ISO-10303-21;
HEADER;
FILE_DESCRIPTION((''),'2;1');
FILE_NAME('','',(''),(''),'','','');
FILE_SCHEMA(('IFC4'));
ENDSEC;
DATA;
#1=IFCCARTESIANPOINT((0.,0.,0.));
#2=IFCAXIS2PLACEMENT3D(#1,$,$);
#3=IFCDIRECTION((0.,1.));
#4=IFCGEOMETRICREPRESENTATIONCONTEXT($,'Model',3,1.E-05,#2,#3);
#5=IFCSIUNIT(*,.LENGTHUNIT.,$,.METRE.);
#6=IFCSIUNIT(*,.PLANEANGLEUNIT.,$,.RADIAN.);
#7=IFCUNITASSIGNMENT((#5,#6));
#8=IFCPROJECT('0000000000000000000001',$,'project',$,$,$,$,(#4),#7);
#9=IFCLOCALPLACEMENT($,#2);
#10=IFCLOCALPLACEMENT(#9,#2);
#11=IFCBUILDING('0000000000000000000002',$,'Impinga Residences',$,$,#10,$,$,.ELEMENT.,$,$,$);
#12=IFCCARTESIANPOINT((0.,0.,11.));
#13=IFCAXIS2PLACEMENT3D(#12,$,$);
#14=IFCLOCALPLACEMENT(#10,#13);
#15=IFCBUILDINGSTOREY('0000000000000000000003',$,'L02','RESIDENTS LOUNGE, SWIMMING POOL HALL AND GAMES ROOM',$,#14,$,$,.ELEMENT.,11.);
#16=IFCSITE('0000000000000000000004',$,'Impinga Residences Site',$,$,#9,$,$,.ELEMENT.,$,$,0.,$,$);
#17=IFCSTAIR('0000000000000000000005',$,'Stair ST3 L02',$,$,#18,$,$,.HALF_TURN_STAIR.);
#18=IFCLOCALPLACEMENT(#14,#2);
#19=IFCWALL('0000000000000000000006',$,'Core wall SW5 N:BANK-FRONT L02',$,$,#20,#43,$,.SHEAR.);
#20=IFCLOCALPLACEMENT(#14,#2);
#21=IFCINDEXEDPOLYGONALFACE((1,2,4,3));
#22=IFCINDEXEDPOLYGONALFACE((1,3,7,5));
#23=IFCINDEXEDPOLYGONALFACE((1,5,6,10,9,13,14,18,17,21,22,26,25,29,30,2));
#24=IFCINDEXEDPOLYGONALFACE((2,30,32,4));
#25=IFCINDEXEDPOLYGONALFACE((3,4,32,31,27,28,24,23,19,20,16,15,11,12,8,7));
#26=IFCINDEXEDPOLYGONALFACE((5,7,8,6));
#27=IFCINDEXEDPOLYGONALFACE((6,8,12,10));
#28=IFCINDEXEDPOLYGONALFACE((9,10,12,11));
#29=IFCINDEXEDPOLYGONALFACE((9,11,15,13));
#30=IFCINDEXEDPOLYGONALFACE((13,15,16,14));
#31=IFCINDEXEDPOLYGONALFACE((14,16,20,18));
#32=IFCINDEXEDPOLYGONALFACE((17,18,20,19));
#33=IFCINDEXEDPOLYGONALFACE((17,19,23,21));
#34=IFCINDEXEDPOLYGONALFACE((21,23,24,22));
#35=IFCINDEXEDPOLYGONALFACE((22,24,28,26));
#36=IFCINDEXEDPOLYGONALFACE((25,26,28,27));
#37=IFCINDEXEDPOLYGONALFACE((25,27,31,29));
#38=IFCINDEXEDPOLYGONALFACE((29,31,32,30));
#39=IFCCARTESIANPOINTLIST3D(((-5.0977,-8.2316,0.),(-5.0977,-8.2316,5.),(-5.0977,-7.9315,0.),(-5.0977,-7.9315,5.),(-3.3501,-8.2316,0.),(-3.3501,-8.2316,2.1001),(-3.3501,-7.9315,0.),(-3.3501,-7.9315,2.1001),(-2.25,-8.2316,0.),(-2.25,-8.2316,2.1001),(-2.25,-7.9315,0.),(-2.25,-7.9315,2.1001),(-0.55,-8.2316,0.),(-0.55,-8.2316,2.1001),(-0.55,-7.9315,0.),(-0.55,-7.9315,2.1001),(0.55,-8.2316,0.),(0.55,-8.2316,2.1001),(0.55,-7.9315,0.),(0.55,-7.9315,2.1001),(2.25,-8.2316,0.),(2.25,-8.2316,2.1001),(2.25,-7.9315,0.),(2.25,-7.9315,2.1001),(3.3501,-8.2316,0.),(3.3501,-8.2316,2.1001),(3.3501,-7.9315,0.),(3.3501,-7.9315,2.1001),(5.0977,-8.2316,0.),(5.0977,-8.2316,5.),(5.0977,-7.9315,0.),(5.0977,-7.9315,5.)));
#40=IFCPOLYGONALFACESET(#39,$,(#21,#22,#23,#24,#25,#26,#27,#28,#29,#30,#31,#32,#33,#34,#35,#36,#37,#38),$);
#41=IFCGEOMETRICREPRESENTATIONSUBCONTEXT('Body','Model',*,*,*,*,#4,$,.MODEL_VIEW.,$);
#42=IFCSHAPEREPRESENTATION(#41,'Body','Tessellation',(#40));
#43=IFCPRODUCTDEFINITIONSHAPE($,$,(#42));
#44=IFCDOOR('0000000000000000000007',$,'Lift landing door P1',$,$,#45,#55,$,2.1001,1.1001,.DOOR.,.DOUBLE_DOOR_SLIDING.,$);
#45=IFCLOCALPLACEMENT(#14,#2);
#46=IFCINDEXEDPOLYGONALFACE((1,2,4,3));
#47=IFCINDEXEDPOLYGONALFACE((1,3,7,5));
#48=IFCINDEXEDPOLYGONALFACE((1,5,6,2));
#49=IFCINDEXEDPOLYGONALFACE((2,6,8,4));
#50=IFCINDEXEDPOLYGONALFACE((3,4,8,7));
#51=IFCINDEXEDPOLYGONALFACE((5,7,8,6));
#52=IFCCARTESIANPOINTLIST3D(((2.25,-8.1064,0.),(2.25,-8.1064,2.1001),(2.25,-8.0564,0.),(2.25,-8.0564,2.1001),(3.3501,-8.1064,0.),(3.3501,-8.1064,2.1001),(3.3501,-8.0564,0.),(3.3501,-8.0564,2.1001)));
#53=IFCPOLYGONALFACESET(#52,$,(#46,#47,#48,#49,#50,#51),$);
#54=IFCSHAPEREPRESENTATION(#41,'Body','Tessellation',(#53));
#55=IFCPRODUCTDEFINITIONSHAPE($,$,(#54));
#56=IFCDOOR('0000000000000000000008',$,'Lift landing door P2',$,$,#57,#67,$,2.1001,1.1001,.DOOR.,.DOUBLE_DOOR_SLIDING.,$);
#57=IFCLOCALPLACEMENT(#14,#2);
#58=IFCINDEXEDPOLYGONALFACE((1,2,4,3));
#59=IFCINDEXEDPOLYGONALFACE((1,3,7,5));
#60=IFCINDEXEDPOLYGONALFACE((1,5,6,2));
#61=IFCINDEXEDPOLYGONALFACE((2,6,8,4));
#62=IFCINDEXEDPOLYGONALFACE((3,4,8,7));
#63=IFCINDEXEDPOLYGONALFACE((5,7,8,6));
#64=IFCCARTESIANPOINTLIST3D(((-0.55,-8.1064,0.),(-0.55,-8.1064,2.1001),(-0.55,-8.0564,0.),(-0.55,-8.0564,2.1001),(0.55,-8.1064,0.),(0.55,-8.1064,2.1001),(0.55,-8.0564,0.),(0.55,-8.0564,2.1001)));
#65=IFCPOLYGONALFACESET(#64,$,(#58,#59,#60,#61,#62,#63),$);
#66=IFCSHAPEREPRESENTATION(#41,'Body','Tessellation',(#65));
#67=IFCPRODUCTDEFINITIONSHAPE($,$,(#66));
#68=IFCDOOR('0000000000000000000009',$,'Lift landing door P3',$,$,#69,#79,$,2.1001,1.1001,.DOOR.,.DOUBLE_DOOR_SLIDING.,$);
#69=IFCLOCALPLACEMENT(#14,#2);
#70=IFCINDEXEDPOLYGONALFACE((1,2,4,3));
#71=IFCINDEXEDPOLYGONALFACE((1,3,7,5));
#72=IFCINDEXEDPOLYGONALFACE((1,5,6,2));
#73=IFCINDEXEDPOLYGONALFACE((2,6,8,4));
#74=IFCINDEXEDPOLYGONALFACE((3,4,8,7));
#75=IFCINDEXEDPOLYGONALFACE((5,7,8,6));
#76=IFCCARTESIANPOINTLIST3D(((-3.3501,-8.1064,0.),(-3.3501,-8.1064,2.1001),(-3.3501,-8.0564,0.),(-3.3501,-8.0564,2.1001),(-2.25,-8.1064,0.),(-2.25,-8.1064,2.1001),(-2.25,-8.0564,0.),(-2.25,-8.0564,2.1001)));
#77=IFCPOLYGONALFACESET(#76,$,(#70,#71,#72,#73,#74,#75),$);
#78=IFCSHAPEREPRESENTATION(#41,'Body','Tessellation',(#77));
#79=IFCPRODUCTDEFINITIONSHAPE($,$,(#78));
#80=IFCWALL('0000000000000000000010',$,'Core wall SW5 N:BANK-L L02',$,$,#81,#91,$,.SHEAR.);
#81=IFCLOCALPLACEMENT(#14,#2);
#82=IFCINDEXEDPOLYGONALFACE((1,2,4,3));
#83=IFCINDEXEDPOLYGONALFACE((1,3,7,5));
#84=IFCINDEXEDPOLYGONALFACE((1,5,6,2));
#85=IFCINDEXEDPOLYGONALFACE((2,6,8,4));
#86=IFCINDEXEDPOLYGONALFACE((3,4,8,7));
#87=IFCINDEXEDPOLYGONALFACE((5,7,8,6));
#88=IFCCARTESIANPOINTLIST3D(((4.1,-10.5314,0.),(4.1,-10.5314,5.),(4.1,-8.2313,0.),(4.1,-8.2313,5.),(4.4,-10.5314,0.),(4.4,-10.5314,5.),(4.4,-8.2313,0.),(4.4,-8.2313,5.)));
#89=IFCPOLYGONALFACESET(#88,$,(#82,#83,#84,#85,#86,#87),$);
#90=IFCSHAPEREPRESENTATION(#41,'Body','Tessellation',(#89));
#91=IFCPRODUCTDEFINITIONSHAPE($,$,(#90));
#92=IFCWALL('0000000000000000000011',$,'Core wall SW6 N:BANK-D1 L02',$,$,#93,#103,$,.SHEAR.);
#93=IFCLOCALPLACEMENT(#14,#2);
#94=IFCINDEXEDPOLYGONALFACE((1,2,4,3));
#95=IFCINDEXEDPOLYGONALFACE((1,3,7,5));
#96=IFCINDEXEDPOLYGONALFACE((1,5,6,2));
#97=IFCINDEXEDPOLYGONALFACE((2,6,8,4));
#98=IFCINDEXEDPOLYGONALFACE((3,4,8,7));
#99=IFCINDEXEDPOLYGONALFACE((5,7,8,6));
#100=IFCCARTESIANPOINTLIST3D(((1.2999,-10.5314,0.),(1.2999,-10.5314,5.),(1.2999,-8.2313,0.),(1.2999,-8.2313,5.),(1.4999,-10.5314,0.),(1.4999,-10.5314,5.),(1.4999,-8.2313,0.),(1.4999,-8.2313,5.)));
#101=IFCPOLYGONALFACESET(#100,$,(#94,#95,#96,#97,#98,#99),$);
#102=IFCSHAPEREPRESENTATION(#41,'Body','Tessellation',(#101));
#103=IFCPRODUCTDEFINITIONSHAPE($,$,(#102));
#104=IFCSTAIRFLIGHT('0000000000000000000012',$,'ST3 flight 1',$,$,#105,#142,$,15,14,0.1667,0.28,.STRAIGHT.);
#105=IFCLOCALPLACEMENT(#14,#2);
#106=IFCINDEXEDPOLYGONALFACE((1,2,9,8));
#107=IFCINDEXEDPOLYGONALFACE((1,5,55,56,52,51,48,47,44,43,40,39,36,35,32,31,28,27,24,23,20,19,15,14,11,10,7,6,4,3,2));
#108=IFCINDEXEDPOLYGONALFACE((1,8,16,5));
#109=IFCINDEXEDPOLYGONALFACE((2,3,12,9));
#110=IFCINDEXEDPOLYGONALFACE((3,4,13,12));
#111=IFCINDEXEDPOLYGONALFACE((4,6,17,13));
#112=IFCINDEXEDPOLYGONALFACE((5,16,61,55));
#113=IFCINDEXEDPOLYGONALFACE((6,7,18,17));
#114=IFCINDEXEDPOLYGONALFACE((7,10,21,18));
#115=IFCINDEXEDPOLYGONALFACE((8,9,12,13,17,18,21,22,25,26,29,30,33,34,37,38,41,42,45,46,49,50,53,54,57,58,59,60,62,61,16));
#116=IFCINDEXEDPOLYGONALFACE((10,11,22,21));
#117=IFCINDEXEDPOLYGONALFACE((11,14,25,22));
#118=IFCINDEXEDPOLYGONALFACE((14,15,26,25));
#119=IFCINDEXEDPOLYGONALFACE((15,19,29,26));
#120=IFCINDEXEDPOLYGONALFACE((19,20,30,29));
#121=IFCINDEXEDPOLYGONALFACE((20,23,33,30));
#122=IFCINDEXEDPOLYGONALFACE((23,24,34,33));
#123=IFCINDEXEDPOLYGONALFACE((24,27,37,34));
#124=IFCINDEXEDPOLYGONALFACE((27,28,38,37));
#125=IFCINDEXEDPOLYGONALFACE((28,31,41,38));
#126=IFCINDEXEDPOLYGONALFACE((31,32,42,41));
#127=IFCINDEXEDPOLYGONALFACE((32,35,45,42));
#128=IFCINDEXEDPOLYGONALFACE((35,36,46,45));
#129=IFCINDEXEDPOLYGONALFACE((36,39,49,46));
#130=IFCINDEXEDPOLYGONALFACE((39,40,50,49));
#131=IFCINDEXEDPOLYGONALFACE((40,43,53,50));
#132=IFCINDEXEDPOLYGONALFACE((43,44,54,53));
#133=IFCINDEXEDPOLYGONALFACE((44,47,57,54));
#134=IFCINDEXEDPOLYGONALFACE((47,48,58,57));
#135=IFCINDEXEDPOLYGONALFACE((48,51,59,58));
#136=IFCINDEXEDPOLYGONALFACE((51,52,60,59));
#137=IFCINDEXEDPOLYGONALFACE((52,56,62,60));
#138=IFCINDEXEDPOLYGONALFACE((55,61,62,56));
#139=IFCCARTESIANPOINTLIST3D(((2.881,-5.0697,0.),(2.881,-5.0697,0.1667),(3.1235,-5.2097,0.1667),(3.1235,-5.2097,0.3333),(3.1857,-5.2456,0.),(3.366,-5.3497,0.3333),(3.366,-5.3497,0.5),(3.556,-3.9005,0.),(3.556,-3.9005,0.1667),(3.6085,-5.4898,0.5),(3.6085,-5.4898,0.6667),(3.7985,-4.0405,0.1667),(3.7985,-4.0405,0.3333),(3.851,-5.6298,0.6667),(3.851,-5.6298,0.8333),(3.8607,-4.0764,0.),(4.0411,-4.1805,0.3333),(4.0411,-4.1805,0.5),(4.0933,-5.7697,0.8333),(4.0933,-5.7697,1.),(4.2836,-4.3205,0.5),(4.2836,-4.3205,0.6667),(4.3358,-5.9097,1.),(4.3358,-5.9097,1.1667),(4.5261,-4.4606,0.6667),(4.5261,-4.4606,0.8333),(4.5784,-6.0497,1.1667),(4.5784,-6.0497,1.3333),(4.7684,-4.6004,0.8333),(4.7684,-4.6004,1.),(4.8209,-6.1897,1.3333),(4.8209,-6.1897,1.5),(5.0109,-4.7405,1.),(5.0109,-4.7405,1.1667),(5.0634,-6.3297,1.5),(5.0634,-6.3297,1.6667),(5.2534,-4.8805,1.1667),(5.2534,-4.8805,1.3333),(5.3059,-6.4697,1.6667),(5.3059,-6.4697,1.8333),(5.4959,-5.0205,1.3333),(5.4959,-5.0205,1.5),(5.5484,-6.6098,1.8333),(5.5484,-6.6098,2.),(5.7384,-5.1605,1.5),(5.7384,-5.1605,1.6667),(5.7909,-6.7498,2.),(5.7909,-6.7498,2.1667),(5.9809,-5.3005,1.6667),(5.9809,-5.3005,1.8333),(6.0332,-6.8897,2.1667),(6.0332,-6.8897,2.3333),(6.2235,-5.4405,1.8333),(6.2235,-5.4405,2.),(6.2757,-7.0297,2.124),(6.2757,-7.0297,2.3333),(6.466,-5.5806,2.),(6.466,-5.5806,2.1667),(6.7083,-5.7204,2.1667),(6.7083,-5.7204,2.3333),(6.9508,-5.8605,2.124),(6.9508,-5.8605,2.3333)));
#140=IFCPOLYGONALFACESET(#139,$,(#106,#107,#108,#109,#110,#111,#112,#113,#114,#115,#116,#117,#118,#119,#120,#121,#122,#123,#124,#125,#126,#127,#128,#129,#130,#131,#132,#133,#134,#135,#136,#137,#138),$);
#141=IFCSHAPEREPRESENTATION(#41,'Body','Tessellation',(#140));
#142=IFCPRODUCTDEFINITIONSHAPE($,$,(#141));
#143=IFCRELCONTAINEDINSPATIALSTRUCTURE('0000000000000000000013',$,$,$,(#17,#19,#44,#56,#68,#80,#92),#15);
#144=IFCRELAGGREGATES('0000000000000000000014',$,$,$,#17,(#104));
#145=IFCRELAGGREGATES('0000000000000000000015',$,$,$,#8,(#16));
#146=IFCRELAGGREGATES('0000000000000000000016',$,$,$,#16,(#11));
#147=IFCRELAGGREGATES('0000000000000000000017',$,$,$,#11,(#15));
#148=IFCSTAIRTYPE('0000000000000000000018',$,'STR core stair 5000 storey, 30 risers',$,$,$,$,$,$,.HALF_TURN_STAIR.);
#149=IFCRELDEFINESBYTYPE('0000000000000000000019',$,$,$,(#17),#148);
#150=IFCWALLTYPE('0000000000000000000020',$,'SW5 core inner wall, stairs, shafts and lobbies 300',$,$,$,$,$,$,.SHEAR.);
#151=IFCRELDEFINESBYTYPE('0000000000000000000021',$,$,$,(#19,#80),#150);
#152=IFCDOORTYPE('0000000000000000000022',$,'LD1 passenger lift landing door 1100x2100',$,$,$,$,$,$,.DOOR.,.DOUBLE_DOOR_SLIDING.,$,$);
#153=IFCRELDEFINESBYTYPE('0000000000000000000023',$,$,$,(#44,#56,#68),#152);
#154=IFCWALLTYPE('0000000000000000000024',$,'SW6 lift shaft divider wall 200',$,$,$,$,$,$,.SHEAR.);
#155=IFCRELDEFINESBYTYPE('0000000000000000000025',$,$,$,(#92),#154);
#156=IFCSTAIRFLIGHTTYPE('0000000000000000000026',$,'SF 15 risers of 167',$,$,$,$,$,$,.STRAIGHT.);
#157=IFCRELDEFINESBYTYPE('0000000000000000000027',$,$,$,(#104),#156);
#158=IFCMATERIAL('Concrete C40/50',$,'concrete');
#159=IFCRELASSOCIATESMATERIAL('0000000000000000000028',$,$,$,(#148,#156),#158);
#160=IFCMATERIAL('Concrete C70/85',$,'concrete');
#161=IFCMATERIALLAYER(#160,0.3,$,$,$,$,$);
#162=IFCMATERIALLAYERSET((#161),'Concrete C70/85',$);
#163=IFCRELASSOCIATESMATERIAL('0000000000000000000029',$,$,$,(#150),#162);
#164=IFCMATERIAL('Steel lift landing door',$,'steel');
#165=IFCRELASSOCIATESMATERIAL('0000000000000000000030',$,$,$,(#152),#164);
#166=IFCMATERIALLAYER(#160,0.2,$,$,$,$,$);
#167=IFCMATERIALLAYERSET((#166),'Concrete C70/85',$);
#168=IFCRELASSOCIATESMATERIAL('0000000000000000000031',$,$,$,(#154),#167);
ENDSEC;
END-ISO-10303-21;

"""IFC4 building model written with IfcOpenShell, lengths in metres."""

from ifc_helpers import new_model, si_unit, direction, frame, frame_2d, origin, place, context, subcontext, project, spatial, polyline, rectangle, outline, extrude, material, layer, layer_set, type_object, element, fill, aggregate, save


model = new_model("IFC4")

# Units and contexts
model_context = context("Model", 3, precision=1e-05, world=origin(), true_north=direction((0.0, 1.0)))
body_context = subcontext(model_context, "Body", "Model", "MODEL_VIEW")
ifc_project = project(units=[si_unit("LENGTHUNIT", "METRE"), si_unit("PLANEANGLEUNIT", "RADIAN")], contexts=[model_context])

# Site, building, storey
site_placement = place(None, origin())
site = spatial("IfcSite", under=ifc_project, at=site_placement, Name="Impinga Residences Site", CompositionType="ELEMENT", RefElevation=0.0)
building_placement = place(site_placement, origin())
building = spatial("IfcBuilding", under=site, at=building_placement, Name="Impinga Residences", CompositionType="ELEMENT")
storey_placement = place(building_placement, frame((0.0, 0.0, 11.0)))
storey = spatial("IfcBuildingStorey", under=building, at=storey_placement, Name="L02", Description="RESIDENTS LOUNGE, SWIMMING POOL HALL AND GAMES ROOM", CompositionType="ELEMENT", Elevation=11.0)

# Stair
ifc_material_1 = material(Name="Concrete C40/50", Category="concrete")
stair_type_1 = type_object("IfcStairType", Name="STR core stair 5000 storey, 30 risers", PredefinedType="HALF_TURN_STAIR", material=ifc_material_1)
stair_1_placement = place(storey_placement, origin())
stair_1 = element("IfcStair", 1, at=stair_1_placement, inside=storey, type_object=stair_type_1, Name="Stair ST3 L02", PredefinedType="HALF_TURN_STAIR")

# Shared definitions
ifc_material_2 = material(Name="Concrete C70/85", Category="concrete")

# Shared definitions
ifc_layer_1 = layer(ifc_material_2, 0.3)
ifc_layer_set_1 = layer_set([ifc_layer_1], Name="Concrete C70/85")
wall_type_1 = type_object("IfcWallType", Name="SW5 core inner wall, stairs, shafts and lobbies 300", PredefinedType="SHEAR", material=ifc_layer_set_1)

# Shared definitions
ifc_material_3 = material(Name="Steel lift landing door", Category="steel")

# Wall, openings, doors
wall_1_placement = place(storey_placement, frame((5.0977, -8.0815, 0.0), z_axis=(0.0, 0.0, 1.0), x_axis=(-1.0, 0.0, 0.0)))
wall_1 = element("IfcWall", 2, at=wall_1_placement, inside=storey, type_object=wall_type_1, Name="Core wall SW5 N:BANK-FRONT L02", PredefinedType="SHEAR", context=body_context, shape_type="SweptSolid", body=[
    extrude(rectangle(XDim=10.1953, YDim=0.3, at=frame_2d((5.0977, 0.0))), origin(), (0.0, 0.0, 1.0), 5.0),
])
opening_1_placement = place(wall_1_placement, frame((1.7476, 0.0, 0.0)))
opening_1 = element("IfcOpeningElement", 3, at=opening_1_placement, cuts=wall_1, PredefinedType="OPENING", context=body_context, shape_type="SweptSolid", body=[
    extrude(rectangle(XDim=1.1001, YDim=2.1001, at=frame_2d((0.55, 1.05))), frame((0.0, 0.1599, 0.0), z_axis=(0.0, -1.0, 0.0), x_axis=(1.0, 0.0, 0.0)), (0.0, 0.0, 1.0), 0.3201),
])
opening_2_placement = place(wall_1_placement, frame((4.5476, 0.0, 0.0)))
opening_2 = element("IfcOpeningElement", 4, at=opening_2_placement, cuts=wall_1, PredefinedType="OPENING", context=body_context, shape_type="SweptSolid", body=[
    extrude(rectangle(XDim=1.1001, YDim=2.1001, at=frame_2d((0.55, 1.05))), frame((0.0, 0.1599, 0.0), z_axis=(0.0, -1.0, 0.0), x_axis=(1.0, 0.0, 0.0)), (0.0, 0.0, 1.0), 0.3201),
])
opening_3_placement = place(wall_1_placement, frame((7.3477, 0.0, 0.0)))
opening_3 = element("IfcOpeningElement", 5, at=opening_3_placement, cuts=wall_1, PredefinedType="OPENING", context=body_context, shape_type="SweptSolid", body=[
    extrude(rectangle(XDim=1.1001, YDim=2.1001, at=frame_2d((0.55, 1.05))), frame((0.0, 0.1599, 0.0), z_axis=(0.0, -1.0, 0.0), x_axis=(1.0, 0.0, 0.0)), (0.0, 0.0, 1.0), 0.3201),
])
door_type_1 = type_object("IfcDoorType", Name="LD1 passenger lift landing door 1100x2100", OperationType="DOUBLE_DOOR_SLIDING", PredefinedType="DOOR", material=ifc_material_3)
door_1_placement = place(opening_1_placement, origin())
door_1 = element("IfcDoor", 6, at=door_1_placement, inside=storey, type_object=door_type_1, Name="Lift landing door P1", OperationType="DOUBLE_DOOR_SLIDING", OverallHeight=2.1001, OverallWidth=1.1001, PredefinedType="DOOR", context=body_context, shape_type="SweptSolid", body=[
    extrude(rectangle(XDim=1.1001, YDim=2.1001, at=frame_2d((0.55, 1.05))), frame((0.0, 0.0249, 0.0), z_axis=(0.0, -1.0, 0.0), x_axis=(1.0, 0.0, 0.0)), (0.0, 0.0, 1.0), 0.05),
])
fill(opening_1, door_1)
door_2_placement = place(opening_2_placement, origin())
door_2 = element("IfcDoor", 7, at=door_2_placement, inside=storey, type_object=door_type_1, Name="Lift landing door P2", OperationType="DOUBLE_DOOR_SLIDING", OverallHeight=2.1001, OverallWidth=1.1001, PredefinedType="DOOR", context=body_context, shape_type="SweptSolid", body=[
    extrude(rectangle(XDim=1.1001, YDim=2.1001, at=frame_2d((0.55, 1.05))), frame((0.0, 0.0249, 0.0), z_axis=(0.0, -1.0, 0.0), x_axis=(1.0, 0.0, 0.0)), (0.0, 0.0, 1.0), 0.05),
])
fill(opening_2, door_2)
door_3_placement = place(opening_3_placement, origin())
door_3 = element("IfcDoor", 8, at=door_3_placement, inside=storey, type_object=door_type_1, Name="Lift landing door P3", OperationType="DOUBLE_DOOR_SLIDING", OverallHeight=2.1001, OverallWidth=1.1001, PredefinedType="DOOR", context=body_context, shape_type="SweptSolid", body=[
    extrude(rectangle(XDim=1.1001, YDim=2.1001, at=frame_2d((0.55, 1.05))), frame((0.0, 0.0249, 0.0), z_axis=(0.0, -1.0, 0.0), x_axis=(1.0, 0.0, 0.0)), (0.0, 0.0, 1.0), 0.05),
])
fill(opening_3, door_3)

# Walls
wall_2_placement = place(storey_placement, frame((4.25, -8.2314, 0.0), z_axis=(0.0, 0.0, 1.0), x_axis=(0.0, -1.0, 0.0)))
element("IfcWall", 9, at=wall_2_placement, inside=storey, type_object=wall_type_1, Name="Core wall SW5 N:BANK-L L02", PredefinedType="SHEAR", context=body_context, shape_type="SweptSolid", body=[
    extrude(rectangle(XDim=2.3, YDim=0.3, at=frame_2d((1.1499, 0.0))), origin(), (0.0, 0.0, 1.0), 5.0),
])
ifc_layer_2 = layer(ifc_material_2, 0.2)
ifc_layer_set_2 = layer_set([ifc_layer_2], Name="Concrete C70/85")
wall_type_2 = type_object("IfcWallType", Name="SW6 lift shaft divider wall 200", PredefinedType="SHEAR", material=ifc_layer_set_2)
wall_3_placement = place(storey_placement, frame((1.3999, -8.2314, 0.0), z_axis=(0.0, 0.0, 1.0), x_axis=(0.0, -1.0, 0.0)))
element("IfcWall", 10, at=wall_3_placement, inside=storey, type_object=wall_type_2, Name="Core wall SW6 N:BANK-D1 L02", PredefinedType="SHEAR", context=body_context, shape_type="SweptSolid", body=[
    extrude(rectangle(XDim=2.3, YDim=0.2, at=frame_2d((1.1499, 0.0))), origin(), (0.0, 0.0, 1.0), 5.0),
])

# Stair flight
stair_flight_type = type_object("IfcStairFlightType", Name="SF 15 risers of 167", PredefinedType="STRAIGHT", material=ifc_material_1)
stair_flight_1_placement = place(storey_placement, frame((3.2185, -4.4851, 0.0), z_axis=(0.0, 0.0, 1.0), x_axis=(0.866025, -0.5, 0.0)))
stair_flight_1 = element("IfcStairFlight", 11, at=stair_flight_1_placement, type_object=stair_flight_type, Name="ST3 flight 1", NumberOfRisers=15, NumberOfTreads=14, PredefinedType="STRAIGHT", RiserHeight=0.1667, TreadLength=0.28, context=body_context, shape_type="SweptSolid", body=[
    extrude(outline(polyline([(0.0, 0.0), (0.0, 0.1667), (0.28, 0.1667), (0.28, 0.3333), (0.5601, 0.3333), (0.5601, 0.5), (0.8401, 0.5), (0.8401, 0.6667), (1.1201, 0.6667), (1.1201, 0.8333), (1.3999, 0.8333), (1.3999, 1.0), (1.6799, 1.0), (1.6799, 1.1667), (1.96, 1.1667), (1.96, 1.3333), (2.24, 1.3333), (2.24, 1.5), (2.52, 1.5), (2.52, 1.6667), (2.8, 1.6667), (2.8, 1.8333), (3.0801, 1.8333), (3.0801, 2.0), (3.3601, 2.0), (3.3601, 2.1667), (3.6399, 2.1667), (3.6399, 2.3333), (3.9199, 2.3333), (3.9199, 2.5), (3.9199, 2.124), (0.3518, 0.0), (0.0, 0.0)])), frame((0.0, 0.675, 0.0), z_axis=(0.0, -1.0, 0.0), x_axis=(1.0, 0.0, 0.0)), (0.0, 0.0, 1.0), 1.3501),
])
aggregate(stair_1, [stair_flight_1])

save(model, "model.ifc")
